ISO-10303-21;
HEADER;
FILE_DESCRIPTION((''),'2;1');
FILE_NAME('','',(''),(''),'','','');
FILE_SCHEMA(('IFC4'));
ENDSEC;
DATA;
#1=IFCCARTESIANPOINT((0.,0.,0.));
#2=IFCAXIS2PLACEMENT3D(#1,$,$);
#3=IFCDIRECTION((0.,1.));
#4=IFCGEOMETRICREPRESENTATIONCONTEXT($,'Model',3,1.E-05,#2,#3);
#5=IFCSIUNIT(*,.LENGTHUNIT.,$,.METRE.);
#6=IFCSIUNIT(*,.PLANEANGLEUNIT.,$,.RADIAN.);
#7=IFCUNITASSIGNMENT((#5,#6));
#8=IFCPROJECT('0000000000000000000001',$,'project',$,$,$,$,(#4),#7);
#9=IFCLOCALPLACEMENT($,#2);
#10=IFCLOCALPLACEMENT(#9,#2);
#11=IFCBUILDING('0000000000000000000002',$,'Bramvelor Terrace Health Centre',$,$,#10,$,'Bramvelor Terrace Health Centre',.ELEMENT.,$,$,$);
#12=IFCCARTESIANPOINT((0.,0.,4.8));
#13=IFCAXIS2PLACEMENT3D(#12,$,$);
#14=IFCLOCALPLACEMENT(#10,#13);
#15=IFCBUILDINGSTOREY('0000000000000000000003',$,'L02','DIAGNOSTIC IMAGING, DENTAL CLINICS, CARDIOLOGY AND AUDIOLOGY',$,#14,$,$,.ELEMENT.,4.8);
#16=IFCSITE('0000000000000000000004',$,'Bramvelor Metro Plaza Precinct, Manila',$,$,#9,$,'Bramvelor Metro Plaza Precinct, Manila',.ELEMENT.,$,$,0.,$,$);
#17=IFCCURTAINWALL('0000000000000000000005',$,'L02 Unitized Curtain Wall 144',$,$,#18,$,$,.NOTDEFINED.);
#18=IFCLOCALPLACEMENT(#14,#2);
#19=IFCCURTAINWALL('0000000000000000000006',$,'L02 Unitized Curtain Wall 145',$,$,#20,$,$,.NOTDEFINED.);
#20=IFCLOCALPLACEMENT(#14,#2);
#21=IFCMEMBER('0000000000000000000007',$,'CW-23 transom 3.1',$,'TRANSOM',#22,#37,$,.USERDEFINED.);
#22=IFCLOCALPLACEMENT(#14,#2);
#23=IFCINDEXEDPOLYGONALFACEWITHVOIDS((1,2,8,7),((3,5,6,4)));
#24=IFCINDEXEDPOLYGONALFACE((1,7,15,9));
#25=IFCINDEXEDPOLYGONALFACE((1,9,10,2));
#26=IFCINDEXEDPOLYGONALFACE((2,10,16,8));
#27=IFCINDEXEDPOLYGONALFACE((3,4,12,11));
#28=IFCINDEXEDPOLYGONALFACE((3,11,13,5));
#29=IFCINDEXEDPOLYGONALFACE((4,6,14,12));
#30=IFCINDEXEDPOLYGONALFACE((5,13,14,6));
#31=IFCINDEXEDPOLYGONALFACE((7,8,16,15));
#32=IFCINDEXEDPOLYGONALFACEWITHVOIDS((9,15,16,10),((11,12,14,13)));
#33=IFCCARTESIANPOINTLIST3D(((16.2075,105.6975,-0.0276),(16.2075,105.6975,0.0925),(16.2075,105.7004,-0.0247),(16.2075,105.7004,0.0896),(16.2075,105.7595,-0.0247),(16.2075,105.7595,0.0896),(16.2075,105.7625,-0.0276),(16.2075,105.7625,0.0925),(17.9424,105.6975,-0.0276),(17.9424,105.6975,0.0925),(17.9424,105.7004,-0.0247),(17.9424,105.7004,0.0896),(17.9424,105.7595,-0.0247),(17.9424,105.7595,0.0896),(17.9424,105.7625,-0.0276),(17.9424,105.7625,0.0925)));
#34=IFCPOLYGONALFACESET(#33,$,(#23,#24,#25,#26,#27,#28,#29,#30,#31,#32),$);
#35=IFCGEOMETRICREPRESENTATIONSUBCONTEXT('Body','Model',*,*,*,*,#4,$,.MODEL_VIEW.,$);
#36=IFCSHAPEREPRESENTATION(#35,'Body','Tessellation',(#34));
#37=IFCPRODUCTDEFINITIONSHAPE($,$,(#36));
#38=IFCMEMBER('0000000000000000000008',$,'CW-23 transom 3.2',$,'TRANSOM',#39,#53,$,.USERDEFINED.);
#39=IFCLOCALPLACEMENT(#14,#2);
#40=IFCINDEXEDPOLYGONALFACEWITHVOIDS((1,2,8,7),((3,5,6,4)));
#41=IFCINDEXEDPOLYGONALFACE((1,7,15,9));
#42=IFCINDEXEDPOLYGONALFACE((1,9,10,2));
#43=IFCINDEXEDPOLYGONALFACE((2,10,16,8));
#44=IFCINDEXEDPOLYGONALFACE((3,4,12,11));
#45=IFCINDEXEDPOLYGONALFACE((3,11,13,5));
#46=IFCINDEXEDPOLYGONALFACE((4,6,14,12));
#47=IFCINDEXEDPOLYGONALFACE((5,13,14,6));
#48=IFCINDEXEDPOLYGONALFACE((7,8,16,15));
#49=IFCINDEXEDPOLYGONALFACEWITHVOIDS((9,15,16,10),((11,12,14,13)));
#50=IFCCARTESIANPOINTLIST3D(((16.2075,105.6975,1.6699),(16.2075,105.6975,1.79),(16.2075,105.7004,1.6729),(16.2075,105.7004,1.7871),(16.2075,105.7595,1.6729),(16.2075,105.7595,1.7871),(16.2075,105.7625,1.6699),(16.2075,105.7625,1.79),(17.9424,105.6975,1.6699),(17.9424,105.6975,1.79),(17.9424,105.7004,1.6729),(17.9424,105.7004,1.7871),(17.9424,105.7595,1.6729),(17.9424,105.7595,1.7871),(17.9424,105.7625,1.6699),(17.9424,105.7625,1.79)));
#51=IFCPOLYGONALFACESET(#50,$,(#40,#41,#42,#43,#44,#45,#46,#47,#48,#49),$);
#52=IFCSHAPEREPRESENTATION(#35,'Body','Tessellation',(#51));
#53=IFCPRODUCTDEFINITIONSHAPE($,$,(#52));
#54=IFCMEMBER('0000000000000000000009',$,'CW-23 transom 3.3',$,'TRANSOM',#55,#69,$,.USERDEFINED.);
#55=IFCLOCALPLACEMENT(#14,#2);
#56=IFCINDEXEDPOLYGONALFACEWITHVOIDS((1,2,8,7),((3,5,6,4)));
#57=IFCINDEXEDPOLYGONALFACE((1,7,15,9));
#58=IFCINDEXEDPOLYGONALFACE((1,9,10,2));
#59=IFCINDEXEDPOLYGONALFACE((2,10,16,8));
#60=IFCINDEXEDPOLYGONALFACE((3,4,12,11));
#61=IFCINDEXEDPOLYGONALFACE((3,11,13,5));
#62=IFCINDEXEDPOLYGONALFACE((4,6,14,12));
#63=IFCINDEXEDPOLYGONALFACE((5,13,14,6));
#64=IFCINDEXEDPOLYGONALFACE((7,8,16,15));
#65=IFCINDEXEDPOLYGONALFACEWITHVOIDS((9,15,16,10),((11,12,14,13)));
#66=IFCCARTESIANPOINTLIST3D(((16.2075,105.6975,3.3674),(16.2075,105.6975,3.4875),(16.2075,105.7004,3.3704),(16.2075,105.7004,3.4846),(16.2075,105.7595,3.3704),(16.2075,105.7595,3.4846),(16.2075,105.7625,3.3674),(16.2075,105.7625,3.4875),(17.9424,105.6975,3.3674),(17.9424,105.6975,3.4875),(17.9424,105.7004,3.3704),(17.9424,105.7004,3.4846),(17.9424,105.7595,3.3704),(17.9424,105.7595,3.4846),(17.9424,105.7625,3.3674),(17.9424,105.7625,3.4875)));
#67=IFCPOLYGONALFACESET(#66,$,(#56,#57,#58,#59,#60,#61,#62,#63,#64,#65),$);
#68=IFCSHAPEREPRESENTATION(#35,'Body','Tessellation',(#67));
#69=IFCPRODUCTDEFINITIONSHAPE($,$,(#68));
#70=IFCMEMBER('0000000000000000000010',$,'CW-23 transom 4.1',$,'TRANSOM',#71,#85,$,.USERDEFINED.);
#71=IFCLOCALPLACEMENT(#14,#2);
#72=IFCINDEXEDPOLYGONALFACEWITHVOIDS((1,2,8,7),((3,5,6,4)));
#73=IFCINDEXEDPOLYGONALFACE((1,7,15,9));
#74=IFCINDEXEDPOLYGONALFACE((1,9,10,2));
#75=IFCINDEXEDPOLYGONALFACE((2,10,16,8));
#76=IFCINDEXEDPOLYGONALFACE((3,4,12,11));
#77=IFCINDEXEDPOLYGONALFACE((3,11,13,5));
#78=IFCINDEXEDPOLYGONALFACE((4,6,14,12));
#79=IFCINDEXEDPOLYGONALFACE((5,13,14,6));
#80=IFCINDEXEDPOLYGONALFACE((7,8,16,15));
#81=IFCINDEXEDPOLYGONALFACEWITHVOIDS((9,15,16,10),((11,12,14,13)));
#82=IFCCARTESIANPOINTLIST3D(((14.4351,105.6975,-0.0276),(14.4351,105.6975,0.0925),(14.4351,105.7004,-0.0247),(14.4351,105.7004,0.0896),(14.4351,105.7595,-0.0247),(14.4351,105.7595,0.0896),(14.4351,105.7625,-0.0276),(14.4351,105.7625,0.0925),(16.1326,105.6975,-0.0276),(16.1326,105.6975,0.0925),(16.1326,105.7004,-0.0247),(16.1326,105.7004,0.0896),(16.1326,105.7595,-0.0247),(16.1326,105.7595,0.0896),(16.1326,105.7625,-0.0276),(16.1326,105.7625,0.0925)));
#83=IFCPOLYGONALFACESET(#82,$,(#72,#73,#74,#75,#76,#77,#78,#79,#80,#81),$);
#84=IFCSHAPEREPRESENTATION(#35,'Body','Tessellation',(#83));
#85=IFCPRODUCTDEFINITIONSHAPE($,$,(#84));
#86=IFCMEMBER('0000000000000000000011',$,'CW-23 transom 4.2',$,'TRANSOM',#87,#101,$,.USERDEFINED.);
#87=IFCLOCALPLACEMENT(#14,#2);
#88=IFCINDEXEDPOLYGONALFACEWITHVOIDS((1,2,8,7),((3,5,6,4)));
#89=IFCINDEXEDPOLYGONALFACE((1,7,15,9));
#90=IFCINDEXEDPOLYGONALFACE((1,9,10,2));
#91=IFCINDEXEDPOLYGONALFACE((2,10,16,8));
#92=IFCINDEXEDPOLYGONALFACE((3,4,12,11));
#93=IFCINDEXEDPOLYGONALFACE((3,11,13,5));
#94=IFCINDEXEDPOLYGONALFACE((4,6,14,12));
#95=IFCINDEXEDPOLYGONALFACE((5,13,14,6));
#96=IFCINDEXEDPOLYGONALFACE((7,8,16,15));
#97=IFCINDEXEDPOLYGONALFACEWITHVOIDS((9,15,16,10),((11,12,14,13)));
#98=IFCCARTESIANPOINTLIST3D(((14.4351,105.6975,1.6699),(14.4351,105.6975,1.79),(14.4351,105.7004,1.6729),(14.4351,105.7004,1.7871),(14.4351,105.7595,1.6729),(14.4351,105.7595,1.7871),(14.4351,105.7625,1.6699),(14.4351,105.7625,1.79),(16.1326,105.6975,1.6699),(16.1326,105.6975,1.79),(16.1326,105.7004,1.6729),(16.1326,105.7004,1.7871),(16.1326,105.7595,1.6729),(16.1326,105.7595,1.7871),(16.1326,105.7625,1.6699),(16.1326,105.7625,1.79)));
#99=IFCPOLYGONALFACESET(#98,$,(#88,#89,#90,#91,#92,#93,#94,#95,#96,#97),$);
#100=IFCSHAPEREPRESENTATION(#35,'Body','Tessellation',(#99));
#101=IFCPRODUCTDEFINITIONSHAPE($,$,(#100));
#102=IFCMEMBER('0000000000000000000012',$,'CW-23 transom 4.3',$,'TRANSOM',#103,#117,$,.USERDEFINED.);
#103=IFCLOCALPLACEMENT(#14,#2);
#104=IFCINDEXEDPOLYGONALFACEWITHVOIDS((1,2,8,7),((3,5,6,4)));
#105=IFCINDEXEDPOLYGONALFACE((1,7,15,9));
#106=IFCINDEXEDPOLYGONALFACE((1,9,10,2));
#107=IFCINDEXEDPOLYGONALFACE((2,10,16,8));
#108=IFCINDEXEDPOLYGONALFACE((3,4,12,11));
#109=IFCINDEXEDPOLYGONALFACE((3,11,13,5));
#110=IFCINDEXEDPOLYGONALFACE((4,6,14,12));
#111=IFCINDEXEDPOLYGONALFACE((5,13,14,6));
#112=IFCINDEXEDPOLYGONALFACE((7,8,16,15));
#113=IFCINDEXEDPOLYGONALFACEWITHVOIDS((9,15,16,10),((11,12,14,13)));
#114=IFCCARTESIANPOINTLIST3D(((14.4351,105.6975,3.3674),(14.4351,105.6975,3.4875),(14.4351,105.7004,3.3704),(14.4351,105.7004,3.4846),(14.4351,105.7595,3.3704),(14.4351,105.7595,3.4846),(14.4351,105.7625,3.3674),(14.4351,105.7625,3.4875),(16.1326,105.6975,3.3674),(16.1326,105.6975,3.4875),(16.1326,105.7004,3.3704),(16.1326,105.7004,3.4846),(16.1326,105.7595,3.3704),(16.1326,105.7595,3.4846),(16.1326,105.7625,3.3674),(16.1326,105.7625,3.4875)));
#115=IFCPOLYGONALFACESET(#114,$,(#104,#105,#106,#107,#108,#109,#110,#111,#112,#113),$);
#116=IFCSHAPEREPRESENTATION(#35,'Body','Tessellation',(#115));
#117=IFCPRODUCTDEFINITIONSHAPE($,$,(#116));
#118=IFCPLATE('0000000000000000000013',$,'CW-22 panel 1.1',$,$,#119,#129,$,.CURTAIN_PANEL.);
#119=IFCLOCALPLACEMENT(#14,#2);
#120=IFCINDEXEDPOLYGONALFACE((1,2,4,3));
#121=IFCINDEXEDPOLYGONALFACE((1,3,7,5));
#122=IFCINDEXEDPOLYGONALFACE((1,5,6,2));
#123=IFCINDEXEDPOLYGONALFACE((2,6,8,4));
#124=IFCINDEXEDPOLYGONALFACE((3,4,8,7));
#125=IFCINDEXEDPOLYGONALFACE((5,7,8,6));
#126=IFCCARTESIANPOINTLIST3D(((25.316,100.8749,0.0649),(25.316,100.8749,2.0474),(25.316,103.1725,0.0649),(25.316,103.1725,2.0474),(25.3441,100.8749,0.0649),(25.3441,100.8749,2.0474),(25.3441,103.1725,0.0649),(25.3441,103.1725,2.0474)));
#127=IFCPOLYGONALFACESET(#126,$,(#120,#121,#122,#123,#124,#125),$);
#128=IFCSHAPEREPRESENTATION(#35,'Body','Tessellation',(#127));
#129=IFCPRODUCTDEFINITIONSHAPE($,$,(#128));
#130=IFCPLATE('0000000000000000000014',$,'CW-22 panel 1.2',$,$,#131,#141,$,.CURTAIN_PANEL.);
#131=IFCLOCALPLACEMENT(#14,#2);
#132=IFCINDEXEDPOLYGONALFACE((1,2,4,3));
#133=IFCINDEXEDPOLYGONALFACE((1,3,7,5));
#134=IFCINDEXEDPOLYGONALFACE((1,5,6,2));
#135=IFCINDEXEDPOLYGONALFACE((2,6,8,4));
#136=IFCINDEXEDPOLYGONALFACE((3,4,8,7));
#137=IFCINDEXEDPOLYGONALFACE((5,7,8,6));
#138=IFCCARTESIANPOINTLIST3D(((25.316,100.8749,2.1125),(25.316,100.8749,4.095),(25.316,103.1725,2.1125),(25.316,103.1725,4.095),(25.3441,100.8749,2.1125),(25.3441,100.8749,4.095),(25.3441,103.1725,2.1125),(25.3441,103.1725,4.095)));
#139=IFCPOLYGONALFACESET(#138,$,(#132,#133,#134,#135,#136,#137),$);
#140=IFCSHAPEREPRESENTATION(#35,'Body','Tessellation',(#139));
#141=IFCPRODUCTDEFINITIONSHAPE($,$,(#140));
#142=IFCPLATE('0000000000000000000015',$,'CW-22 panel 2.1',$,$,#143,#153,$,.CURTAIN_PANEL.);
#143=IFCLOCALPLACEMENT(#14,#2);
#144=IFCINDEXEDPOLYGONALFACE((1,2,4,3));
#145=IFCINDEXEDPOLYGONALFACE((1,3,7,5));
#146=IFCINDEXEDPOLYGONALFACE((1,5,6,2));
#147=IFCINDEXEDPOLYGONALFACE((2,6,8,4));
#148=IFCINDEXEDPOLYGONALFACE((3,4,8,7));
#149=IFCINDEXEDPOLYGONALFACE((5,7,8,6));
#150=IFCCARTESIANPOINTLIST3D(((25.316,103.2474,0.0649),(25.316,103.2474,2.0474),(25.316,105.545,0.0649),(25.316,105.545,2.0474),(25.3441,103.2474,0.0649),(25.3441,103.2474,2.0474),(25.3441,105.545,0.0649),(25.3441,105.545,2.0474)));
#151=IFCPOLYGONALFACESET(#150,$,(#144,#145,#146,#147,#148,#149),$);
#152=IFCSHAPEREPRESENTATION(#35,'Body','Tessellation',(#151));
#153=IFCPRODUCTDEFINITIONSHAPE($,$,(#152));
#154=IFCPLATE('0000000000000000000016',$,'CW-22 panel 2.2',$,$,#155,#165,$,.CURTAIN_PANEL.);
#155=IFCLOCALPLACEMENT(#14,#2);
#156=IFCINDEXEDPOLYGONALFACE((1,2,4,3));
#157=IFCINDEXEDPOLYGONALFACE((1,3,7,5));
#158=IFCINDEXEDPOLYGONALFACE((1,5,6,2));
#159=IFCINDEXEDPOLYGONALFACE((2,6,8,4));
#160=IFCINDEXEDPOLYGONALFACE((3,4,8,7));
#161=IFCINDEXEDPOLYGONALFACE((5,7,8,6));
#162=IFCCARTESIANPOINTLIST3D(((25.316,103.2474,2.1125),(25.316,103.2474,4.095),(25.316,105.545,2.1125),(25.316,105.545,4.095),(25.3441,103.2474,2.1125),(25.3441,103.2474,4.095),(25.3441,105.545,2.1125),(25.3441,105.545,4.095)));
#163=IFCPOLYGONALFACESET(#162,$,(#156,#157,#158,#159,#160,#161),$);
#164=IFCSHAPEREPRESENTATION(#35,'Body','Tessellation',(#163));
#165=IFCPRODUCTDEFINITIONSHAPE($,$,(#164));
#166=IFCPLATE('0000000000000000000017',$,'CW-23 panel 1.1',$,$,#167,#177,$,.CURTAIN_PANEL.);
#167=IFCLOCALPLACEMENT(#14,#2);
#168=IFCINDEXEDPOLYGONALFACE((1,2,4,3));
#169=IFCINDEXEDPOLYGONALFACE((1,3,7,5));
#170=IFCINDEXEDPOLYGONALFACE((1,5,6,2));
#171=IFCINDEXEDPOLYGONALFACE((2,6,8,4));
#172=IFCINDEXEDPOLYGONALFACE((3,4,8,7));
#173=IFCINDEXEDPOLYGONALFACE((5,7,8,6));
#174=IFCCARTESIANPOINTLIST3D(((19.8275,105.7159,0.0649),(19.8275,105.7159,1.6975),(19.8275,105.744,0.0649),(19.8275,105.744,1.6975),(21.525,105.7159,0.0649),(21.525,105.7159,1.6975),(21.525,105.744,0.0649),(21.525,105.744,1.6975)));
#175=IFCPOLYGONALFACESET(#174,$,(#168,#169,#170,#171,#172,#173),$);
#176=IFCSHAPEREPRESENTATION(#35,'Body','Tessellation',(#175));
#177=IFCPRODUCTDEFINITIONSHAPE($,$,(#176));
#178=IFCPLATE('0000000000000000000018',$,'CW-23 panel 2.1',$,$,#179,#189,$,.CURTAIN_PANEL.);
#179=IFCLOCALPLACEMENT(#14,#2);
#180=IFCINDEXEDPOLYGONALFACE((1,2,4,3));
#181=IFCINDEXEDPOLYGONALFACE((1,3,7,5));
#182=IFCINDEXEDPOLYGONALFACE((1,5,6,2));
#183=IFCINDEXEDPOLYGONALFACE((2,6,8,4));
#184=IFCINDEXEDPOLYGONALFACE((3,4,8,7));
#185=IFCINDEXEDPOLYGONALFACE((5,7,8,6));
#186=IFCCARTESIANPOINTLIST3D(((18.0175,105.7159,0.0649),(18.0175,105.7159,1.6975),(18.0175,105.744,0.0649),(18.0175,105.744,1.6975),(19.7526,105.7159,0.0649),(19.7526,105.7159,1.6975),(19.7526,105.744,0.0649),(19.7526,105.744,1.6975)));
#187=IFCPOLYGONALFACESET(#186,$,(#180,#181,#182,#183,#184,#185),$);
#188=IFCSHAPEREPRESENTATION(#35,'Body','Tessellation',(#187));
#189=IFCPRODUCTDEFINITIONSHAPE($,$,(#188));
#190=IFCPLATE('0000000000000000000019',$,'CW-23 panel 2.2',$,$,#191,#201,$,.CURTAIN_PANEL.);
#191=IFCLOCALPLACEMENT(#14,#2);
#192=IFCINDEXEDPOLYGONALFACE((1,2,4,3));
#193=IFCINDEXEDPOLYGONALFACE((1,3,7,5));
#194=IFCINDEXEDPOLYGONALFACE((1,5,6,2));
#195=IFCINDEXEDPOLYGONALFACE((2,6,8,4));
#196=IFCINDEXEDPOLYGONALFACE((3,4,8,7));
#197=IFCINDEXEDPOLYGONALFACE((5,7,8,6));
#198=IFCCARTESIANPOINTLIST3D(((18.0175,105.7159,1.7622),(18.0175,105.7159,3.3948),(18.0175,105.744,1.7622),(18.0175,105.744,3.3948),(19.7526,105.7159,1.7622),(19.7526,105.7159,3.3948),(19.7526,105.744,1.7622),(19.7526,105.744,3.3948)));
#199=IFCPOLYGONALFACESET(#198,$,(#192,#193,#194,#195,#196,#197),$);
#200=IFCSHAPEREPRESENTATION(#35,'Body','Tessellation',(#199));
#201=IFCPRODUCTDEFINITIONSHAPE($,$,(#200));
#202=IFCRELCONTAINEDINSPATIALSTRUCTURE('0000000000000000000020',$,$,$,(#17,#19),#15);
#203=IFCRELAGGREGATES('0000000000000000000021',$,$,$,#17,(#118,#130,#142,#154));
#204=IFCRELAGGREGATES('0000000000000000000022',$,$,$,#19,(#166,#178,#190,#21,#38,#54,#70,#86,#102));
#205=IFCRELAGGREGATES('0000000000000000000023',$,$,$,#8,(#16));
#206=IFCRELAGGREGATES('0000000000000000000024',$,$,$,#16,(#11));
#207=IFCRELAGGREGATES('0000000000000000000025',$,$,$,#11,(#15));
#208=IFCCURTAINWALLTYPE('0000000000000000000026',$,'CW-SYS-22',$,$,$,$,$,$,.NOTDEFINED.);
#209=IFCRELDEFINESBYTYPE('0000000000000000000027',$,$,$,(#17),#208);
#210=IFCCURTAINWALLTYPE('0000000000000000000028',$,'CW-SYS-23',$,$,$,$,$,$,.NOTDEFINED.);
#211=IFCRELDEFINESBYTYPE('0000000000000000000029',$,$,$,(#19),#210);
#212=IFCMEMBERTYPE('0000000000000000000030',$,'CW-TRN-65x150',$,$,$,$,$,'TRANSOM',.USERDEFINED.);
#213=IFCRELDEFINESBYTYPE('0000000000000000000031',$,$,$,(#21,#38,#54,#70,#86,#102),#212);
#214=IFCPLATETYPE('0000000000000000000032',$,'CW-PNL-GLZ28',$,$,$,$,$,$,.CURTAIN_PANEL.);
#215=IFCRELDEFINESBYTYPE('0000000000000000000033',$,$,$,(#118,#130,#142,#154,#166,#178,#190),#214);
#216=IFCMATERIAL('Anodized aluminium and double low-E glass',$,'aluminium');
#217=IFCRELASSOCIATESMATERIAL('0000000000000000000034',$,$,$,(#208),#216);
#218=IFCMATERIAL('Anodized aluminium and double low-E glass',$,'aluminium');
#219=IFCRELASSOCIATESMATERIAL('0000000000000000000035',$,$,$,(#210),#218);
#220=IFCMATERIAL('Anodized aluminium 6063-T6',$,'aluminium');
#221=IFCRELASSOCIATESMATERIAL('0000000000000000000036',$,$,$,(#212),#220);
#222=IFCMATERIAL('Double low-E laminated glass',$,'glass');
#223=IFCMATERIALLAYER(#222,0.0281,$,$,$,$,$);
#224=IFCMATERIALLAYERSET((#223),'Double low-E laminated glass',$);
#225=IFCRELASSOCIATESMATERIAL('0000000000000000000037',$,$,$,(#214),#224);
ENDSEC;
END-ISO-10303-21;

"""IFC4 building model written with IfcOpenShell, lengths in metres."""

from ifc_helpers import new_model, si_unit, direction, frame, origin, origin_2d, place, context, subcontext, project, spatial, rectangle, hollow_rectangle, extrude, material, layer, layer_set, material_profile, profile_set, type_object, element, aggregate, save


model = new_model("IFC4")

# Units and contexts
model_context = context("Model", 3, precision=1e-05, world=origin(), true_north=direction((0.0, 1.0)))
body_context = subcontext(model_context, "Body", "Model", "MODEL_VIEW")
ifc_project = project(units=[si_unit("LENGTHUNIT", "METRE"), si_unit("PLANEANGLEUNIT", "RADIAN")], contexts=[model_context])

# Site, building, storey
site_placement = place(None, origin())
site = spatial("IfcSite", under=ifc_project, at=site_placement, Name="Bramvelor Metro Plaza Precinct, Manila", LongName="Bramvelor Metro Plaza Precinct, Manila", CompositionType="ELEMENT", RefElevation=0.0)
building_placement = place(site_placement, origin())
building = spatial("IfcBuilding", under=site, at=building_placement, Name="Bramvelor Terrace Health Centre", LongName="Bramvelor Terrace Health Centre", CompositionType="ELEMENT")
storey_placement = place(building_placement, frame((0.0, 0.0, 4.8)))
storey = spatial("IfcBuildingStorey", under=building, at=storey_placement, Name="L02", Description="DIAGNOSTIC IMAGING, DENTAL CLINICS, CARDIOLOGY AND AUDIOLOGY", CompositionType="ELEMENT", Elevation=4.8)

# Curtain walls
ifc_material_1 = material(Name="Anodized aluminium and double low-E glass", Category="aluminium")
curtain_wall_type_1 = type_object("IfcCurtainWallType", Name="CW-SYS-22", PredefinedType="NOTDEFINED", material=ifc_material_1)
curtain_wall_1_placement = place(storey_placement, origin())
curtain_wall_1 = element("IfcCurtainWall", 1, at=curtain_wall_1_placement, inside=storey, type_object=curtain_wall_type_1, Name="L02 Unitized Curtain Wall 144", PredefinedType="NOTDEFINED")
ifc_material_2 = material(Name="Anodized aluminium and double low-E glass", Category="aluminium")
curtain_wall_type_2 = type_object("IfcCurtainWallType", Name="CW-SYS-23", PredefinedType="NOTDEFINED", material=ifc_material_2)
curtain_wall_2_placement = place(storey_placement, origin())
curtain_wall_2 = element("IfcCurtainWall", 2, at=curtain_wall_2_placement, inside=storey, type_object=curtain_wall_type_2, Name="L02 Unitized Curtain Wall 145", PredefinedType="NOTDEFINED")

# Members
ifc_material_3 = material(Name="Anodized aluminium 6063-T6", Category="aluminium")
ifc_material_profile_1 = material_profile(ifc_material_3, hollow_rectangle(XDim=0.0649, YDim=0.1201, WallThickness=0.0029, at=origin_2d()), Name="ALU-TRN 65x120x3.0")
ifc_profile_set_1 = profile_set([ifc_material_profile_1], Name="Anodized aluminium 6063-T6")
member_type_1 = type_object("IfcMemberType", Name="CW-TRN-65x150", ElementType="TRANSOM", PredefinedType="USERDEFINED", material=ifc_profile_set_1)
member_1_placement = place(storey_placement, frame((17.9424, 105.73, 0.0325), z_axis=(-1.0, 0.0, 0.0), x_axis=(0.0, -1.0, 0.0)))
member_1 = element("IfcMember", 3, at=member_1_placement, type_object=member_type_1, Name="CW-23 transom 3.1", ObjectType="TRANSOM", PredefinedType="USERDEFINED", context=body_context, shape_type="SweptSolid", body=[
    extrude(hollow_rectangle(XDim=0.0649, YDim=0.1201, WallThickness=0.0029, at=origin_2d()), origin(), (0.0, 0.0, 1.0), 1.7349),
])
member_2_placement = place(storey_placement, frame((17.9424, 105.73, 1.73), z_axis=(-1.0, 0.0, 0.0), x_axis=(0.0, -1.0, 0.0)))
member_2 = element("IfcMember", 4, at=member_2_placement, type_object=member_type_1, Name="CW-23 transom 3.2", ObjectType="TRANSOM", PredefinedType="USERDEFINED", context=body_context, shape_type="SweptSolid", body=[
    extrude(hollow_rectangle(XDim=0.0649, YDim=0.1201, WallThickness=0.0029, at=origin_2d()), origin(), (0.0, 0.0, 1.0), 1.7349),
])
member_3_placement = place(storey_placement, frame((17.9424, 105.73, 3.4275), z_axis=(-1.0, 0.0, 0.0), x_axis=(0.0, -1.0, 0.0)))
member_3 = element("IfcMember", 5, at=member_3_placement, type_object=member_type_1, Name="CW-23 transom 3.3", ObjectType="TRANSOM", PredefinedType="USERDEFINED", context=body_context, shape_type="SweptSolid", body=[
    extrude(hollow_rectangle(XDim=0.0649, YDim=0.1201, WallThickness=0.0029, at=origin_2d()), origin(), (0.0, 0.0, 1.0), 1.7349),
])
member_4_placement = place(storey_placement, frame((16.1326, 105.73, 0.0325), z_axis=(-1.0, 0.0, 0.0), x_axis=(0.0, -1.0, 0.0)))
member_4 = element("IfcMember", 6, at=member_4_placement, type_object=member_type_1, Name="CW-23 transom 4.1", ObjectType="TRANSOM", PredefinedType="USERDEFINED", context=body_context, shape_type="SweptSolid", body=[
    extrude(hollow_rectangle(XDim=0.0649, YDim=0.1201, WallThickness=0.0029, at=origin_2d()), origin(), (0.0, 0.0, 1.0), 1.6975),
])
member_5_placement = place(storey_placement, frame((16.1326, 105.73, 1.73), z_axis=(-1.0, 0.0, 0.0), x_axis=(0.0, -1.0, 0.0)))
member_5 = element("IfcMember", 7, at=member_5_placement, type_object=member_type_1, Name="CW-23 transom 4.2", ObjectType="TRANSOM", PredefinedType="USERDEFINED", context=body_context, shape_type="SweptSolid", body=[
    extrude(hollow_rectangle(XDim=0.0649, YDim=0.1201, WallThickness=0.0029, at=origin_2d()), origin(), (0.0, 0.0, 1.0), 1.6975),
])
member_6_placement = place(storey_placement, frame((16.1326, 105.73, 3.4275), z_axis=(-1.0, 0.0, 0.0), x_axis=(0.0, -1.0, 0.0)))
member_6 = element("IfcMember", 8, at=member_6_placement, type_object=member_type_1, Name="CW-23 transom 4.3", ObjectType="TRANSOM", PredefinedType="USERDEFINED", context=body_context, shape_type="SweptSolid", body=[
    extrude(hollow_rectangle(XDim=0.0649, YDim=0.1201, WallThickness=0.0029, at=origin_2d()), origin(), (0.0, 0.0, 1.0), 1.6975),
])

# Plates
ifc_material_4 = material(Name="Double low-E laminated glass", Category="glass")
ifc_layer_1 = layer(ifc_material_4, 0.0281)
ifc_layer_set_1 = layer_set([ifc_layer_1], Name="Double low-E laminated glass")
plate_type = type_object("IfcPlateType", Name="CW-PNL-GLZ28", PredefinedType="CURTAIN_PANEL", material=ifc_layer_set_1)
plate_1_placement = place(storey_placement, frame((25.3301, 102.0237, 0.0649), z_axis=(0.0, 0.0, 1.0), x_axis=(0.0, 1.0, 0.0)))
plate_1 = element("IfcPlate", 9, at=plate_1_placement, type_object=plate_type, Name="CW-22 panel 1.1", PredefinedType="CURTAIN_PANEL", context=body_context, shape_type="SweptSolid", body=[
    extrude(rectangle(XDim=2.2976, YDim=0.0281, at=origin_2d()), origin(), (0.0, 0.0, 1.0), 1.9824),
])
plate_2_placement = place(storey_placement, frame((25.3301, 102.0237, 2.1125), z_axis=(0.0, 0.0, 1.0), x_axis=(0.0, 1.0, 0.0)))
plate_2 = element("IfcPlate", 10, at=plate_2_placement, type_object=plate_type, Name="CW-22 panel 1.2", PredefinedType="CURTAIN_PANEL", context=body_context, shape_type="SweptSolid", body=[
    extrude(rectangle(XDim=2.2976, YDim=0.0281, at=origin_2d()), origin(), (0.0, 0.0, 1.0), 1.9824),
])
plate_3_placement = place(storey_placement, frame((25.3301, 104.3962, 0.0649), z_axis=(0.0, 0.0, 1.0), x_axis=(0.0, 1.0, 0.0)))
plate_3 = element("IfcPlate", 11, at=plate_3_placement, type_object=plate_type, Name="CW-22 panel 2.1", PredefinedType="CURTAIN_PANEL", context=body_context, shape_type="SweptSolid", body=[
    extrude(rectangle(XDim=2.2976, YDim=0.0281, at=origin_2d()), origin(), (0.0, 0.0, 1.0), 1.9824),
])
plate_4_placement = place(storey_placement, frame((25.3301, 104.3962, 2.1125), z_axis=(0.0, 0.0, 1.0), x_axis=(0.0, 1.0, 0.0)))
plate_4 = element("IfcPlate", 12, at=plate_4_placement, type_object=plate_type, Name="CW-22 panel 2.2", PredefinedType="CURTAIN_PANEL", context=body_context, shape_type="SweptSolid", body=[
    extrude(rectangle(XDim=2.2976, YDim=0.0281, at=origin_2d()), origin(), (0.0, 0.0, 1.0), 1.9824),
])
aggregate(curtain_wall_1, [plate_1, plate_2, plate_3, plate_4])
plate_5_placement = place(storey_placement, frame((20.6763, 105.73, 0.0649), z_axis=(0.0, 0.0, 1.0), x_axis=(-1.0, 0.0, 0.0)))
plate_5 = element("IfcPlate", 13, at=plate_5_placement, type_object=plate_type, Name="CW-23 panel 1.1", PredefinedType="CURTAIN_PANEL", context=body_context, shape_type="SweptSolid", body=[
    extrude(rectangle(XDim=1.6975, YDim=0.0281, at=origin_2d()), origin(), (0.0, 0.0, 1.0), 1.6326),
])
plate_6_placement = place(storey_placement, frame((18.885, 105.73, 0.0649), z_axis=(0.0, 0.0, 1.0), x_axis=(-1.0, 0.0, 0.0)))
plate_6 = element("IfcPlate", 14, at=plate_6_placement, type_object=plate_type, Name="CW-23 panel 2.1", PredefinedType="CURTAIN_PANEL", context=body_context, shape_type="SweptSolid", body=[
    extrude(rectangle(XDim=1.7351, YDim=0.0281, at=origin_2d()), origin(), (0.0, 0.0, 1.0), 1.6326),
])
plate_7_placement = place(storey_placement, frame((18.885, 105.73, 1.7622), z_axis=(0.0, 0.0, 1.0), x_axis=(-1.0, 0.0, 0.0)))
plate_7 = element("IfcPlate", 15, at=plate_7_placement, type_object=plate_type, Name="CW-23 panel 2.2", PredefinedType="CURTAIN_PANEL", context=body_context, shape_type="SweptSolid", body=[
    extrude(rectangle(XDim=1.7351, YDim=0.0281, at=origin_2d()), origin(), (0.0, 0.0, 1.0), 1.6326),
])
aggregate(curtain_wall_2, [plate_5, plate_6, plate_7, member_1, member_2, member_3, member_4, member_5, member_6])

save(model, "model.ifc")
